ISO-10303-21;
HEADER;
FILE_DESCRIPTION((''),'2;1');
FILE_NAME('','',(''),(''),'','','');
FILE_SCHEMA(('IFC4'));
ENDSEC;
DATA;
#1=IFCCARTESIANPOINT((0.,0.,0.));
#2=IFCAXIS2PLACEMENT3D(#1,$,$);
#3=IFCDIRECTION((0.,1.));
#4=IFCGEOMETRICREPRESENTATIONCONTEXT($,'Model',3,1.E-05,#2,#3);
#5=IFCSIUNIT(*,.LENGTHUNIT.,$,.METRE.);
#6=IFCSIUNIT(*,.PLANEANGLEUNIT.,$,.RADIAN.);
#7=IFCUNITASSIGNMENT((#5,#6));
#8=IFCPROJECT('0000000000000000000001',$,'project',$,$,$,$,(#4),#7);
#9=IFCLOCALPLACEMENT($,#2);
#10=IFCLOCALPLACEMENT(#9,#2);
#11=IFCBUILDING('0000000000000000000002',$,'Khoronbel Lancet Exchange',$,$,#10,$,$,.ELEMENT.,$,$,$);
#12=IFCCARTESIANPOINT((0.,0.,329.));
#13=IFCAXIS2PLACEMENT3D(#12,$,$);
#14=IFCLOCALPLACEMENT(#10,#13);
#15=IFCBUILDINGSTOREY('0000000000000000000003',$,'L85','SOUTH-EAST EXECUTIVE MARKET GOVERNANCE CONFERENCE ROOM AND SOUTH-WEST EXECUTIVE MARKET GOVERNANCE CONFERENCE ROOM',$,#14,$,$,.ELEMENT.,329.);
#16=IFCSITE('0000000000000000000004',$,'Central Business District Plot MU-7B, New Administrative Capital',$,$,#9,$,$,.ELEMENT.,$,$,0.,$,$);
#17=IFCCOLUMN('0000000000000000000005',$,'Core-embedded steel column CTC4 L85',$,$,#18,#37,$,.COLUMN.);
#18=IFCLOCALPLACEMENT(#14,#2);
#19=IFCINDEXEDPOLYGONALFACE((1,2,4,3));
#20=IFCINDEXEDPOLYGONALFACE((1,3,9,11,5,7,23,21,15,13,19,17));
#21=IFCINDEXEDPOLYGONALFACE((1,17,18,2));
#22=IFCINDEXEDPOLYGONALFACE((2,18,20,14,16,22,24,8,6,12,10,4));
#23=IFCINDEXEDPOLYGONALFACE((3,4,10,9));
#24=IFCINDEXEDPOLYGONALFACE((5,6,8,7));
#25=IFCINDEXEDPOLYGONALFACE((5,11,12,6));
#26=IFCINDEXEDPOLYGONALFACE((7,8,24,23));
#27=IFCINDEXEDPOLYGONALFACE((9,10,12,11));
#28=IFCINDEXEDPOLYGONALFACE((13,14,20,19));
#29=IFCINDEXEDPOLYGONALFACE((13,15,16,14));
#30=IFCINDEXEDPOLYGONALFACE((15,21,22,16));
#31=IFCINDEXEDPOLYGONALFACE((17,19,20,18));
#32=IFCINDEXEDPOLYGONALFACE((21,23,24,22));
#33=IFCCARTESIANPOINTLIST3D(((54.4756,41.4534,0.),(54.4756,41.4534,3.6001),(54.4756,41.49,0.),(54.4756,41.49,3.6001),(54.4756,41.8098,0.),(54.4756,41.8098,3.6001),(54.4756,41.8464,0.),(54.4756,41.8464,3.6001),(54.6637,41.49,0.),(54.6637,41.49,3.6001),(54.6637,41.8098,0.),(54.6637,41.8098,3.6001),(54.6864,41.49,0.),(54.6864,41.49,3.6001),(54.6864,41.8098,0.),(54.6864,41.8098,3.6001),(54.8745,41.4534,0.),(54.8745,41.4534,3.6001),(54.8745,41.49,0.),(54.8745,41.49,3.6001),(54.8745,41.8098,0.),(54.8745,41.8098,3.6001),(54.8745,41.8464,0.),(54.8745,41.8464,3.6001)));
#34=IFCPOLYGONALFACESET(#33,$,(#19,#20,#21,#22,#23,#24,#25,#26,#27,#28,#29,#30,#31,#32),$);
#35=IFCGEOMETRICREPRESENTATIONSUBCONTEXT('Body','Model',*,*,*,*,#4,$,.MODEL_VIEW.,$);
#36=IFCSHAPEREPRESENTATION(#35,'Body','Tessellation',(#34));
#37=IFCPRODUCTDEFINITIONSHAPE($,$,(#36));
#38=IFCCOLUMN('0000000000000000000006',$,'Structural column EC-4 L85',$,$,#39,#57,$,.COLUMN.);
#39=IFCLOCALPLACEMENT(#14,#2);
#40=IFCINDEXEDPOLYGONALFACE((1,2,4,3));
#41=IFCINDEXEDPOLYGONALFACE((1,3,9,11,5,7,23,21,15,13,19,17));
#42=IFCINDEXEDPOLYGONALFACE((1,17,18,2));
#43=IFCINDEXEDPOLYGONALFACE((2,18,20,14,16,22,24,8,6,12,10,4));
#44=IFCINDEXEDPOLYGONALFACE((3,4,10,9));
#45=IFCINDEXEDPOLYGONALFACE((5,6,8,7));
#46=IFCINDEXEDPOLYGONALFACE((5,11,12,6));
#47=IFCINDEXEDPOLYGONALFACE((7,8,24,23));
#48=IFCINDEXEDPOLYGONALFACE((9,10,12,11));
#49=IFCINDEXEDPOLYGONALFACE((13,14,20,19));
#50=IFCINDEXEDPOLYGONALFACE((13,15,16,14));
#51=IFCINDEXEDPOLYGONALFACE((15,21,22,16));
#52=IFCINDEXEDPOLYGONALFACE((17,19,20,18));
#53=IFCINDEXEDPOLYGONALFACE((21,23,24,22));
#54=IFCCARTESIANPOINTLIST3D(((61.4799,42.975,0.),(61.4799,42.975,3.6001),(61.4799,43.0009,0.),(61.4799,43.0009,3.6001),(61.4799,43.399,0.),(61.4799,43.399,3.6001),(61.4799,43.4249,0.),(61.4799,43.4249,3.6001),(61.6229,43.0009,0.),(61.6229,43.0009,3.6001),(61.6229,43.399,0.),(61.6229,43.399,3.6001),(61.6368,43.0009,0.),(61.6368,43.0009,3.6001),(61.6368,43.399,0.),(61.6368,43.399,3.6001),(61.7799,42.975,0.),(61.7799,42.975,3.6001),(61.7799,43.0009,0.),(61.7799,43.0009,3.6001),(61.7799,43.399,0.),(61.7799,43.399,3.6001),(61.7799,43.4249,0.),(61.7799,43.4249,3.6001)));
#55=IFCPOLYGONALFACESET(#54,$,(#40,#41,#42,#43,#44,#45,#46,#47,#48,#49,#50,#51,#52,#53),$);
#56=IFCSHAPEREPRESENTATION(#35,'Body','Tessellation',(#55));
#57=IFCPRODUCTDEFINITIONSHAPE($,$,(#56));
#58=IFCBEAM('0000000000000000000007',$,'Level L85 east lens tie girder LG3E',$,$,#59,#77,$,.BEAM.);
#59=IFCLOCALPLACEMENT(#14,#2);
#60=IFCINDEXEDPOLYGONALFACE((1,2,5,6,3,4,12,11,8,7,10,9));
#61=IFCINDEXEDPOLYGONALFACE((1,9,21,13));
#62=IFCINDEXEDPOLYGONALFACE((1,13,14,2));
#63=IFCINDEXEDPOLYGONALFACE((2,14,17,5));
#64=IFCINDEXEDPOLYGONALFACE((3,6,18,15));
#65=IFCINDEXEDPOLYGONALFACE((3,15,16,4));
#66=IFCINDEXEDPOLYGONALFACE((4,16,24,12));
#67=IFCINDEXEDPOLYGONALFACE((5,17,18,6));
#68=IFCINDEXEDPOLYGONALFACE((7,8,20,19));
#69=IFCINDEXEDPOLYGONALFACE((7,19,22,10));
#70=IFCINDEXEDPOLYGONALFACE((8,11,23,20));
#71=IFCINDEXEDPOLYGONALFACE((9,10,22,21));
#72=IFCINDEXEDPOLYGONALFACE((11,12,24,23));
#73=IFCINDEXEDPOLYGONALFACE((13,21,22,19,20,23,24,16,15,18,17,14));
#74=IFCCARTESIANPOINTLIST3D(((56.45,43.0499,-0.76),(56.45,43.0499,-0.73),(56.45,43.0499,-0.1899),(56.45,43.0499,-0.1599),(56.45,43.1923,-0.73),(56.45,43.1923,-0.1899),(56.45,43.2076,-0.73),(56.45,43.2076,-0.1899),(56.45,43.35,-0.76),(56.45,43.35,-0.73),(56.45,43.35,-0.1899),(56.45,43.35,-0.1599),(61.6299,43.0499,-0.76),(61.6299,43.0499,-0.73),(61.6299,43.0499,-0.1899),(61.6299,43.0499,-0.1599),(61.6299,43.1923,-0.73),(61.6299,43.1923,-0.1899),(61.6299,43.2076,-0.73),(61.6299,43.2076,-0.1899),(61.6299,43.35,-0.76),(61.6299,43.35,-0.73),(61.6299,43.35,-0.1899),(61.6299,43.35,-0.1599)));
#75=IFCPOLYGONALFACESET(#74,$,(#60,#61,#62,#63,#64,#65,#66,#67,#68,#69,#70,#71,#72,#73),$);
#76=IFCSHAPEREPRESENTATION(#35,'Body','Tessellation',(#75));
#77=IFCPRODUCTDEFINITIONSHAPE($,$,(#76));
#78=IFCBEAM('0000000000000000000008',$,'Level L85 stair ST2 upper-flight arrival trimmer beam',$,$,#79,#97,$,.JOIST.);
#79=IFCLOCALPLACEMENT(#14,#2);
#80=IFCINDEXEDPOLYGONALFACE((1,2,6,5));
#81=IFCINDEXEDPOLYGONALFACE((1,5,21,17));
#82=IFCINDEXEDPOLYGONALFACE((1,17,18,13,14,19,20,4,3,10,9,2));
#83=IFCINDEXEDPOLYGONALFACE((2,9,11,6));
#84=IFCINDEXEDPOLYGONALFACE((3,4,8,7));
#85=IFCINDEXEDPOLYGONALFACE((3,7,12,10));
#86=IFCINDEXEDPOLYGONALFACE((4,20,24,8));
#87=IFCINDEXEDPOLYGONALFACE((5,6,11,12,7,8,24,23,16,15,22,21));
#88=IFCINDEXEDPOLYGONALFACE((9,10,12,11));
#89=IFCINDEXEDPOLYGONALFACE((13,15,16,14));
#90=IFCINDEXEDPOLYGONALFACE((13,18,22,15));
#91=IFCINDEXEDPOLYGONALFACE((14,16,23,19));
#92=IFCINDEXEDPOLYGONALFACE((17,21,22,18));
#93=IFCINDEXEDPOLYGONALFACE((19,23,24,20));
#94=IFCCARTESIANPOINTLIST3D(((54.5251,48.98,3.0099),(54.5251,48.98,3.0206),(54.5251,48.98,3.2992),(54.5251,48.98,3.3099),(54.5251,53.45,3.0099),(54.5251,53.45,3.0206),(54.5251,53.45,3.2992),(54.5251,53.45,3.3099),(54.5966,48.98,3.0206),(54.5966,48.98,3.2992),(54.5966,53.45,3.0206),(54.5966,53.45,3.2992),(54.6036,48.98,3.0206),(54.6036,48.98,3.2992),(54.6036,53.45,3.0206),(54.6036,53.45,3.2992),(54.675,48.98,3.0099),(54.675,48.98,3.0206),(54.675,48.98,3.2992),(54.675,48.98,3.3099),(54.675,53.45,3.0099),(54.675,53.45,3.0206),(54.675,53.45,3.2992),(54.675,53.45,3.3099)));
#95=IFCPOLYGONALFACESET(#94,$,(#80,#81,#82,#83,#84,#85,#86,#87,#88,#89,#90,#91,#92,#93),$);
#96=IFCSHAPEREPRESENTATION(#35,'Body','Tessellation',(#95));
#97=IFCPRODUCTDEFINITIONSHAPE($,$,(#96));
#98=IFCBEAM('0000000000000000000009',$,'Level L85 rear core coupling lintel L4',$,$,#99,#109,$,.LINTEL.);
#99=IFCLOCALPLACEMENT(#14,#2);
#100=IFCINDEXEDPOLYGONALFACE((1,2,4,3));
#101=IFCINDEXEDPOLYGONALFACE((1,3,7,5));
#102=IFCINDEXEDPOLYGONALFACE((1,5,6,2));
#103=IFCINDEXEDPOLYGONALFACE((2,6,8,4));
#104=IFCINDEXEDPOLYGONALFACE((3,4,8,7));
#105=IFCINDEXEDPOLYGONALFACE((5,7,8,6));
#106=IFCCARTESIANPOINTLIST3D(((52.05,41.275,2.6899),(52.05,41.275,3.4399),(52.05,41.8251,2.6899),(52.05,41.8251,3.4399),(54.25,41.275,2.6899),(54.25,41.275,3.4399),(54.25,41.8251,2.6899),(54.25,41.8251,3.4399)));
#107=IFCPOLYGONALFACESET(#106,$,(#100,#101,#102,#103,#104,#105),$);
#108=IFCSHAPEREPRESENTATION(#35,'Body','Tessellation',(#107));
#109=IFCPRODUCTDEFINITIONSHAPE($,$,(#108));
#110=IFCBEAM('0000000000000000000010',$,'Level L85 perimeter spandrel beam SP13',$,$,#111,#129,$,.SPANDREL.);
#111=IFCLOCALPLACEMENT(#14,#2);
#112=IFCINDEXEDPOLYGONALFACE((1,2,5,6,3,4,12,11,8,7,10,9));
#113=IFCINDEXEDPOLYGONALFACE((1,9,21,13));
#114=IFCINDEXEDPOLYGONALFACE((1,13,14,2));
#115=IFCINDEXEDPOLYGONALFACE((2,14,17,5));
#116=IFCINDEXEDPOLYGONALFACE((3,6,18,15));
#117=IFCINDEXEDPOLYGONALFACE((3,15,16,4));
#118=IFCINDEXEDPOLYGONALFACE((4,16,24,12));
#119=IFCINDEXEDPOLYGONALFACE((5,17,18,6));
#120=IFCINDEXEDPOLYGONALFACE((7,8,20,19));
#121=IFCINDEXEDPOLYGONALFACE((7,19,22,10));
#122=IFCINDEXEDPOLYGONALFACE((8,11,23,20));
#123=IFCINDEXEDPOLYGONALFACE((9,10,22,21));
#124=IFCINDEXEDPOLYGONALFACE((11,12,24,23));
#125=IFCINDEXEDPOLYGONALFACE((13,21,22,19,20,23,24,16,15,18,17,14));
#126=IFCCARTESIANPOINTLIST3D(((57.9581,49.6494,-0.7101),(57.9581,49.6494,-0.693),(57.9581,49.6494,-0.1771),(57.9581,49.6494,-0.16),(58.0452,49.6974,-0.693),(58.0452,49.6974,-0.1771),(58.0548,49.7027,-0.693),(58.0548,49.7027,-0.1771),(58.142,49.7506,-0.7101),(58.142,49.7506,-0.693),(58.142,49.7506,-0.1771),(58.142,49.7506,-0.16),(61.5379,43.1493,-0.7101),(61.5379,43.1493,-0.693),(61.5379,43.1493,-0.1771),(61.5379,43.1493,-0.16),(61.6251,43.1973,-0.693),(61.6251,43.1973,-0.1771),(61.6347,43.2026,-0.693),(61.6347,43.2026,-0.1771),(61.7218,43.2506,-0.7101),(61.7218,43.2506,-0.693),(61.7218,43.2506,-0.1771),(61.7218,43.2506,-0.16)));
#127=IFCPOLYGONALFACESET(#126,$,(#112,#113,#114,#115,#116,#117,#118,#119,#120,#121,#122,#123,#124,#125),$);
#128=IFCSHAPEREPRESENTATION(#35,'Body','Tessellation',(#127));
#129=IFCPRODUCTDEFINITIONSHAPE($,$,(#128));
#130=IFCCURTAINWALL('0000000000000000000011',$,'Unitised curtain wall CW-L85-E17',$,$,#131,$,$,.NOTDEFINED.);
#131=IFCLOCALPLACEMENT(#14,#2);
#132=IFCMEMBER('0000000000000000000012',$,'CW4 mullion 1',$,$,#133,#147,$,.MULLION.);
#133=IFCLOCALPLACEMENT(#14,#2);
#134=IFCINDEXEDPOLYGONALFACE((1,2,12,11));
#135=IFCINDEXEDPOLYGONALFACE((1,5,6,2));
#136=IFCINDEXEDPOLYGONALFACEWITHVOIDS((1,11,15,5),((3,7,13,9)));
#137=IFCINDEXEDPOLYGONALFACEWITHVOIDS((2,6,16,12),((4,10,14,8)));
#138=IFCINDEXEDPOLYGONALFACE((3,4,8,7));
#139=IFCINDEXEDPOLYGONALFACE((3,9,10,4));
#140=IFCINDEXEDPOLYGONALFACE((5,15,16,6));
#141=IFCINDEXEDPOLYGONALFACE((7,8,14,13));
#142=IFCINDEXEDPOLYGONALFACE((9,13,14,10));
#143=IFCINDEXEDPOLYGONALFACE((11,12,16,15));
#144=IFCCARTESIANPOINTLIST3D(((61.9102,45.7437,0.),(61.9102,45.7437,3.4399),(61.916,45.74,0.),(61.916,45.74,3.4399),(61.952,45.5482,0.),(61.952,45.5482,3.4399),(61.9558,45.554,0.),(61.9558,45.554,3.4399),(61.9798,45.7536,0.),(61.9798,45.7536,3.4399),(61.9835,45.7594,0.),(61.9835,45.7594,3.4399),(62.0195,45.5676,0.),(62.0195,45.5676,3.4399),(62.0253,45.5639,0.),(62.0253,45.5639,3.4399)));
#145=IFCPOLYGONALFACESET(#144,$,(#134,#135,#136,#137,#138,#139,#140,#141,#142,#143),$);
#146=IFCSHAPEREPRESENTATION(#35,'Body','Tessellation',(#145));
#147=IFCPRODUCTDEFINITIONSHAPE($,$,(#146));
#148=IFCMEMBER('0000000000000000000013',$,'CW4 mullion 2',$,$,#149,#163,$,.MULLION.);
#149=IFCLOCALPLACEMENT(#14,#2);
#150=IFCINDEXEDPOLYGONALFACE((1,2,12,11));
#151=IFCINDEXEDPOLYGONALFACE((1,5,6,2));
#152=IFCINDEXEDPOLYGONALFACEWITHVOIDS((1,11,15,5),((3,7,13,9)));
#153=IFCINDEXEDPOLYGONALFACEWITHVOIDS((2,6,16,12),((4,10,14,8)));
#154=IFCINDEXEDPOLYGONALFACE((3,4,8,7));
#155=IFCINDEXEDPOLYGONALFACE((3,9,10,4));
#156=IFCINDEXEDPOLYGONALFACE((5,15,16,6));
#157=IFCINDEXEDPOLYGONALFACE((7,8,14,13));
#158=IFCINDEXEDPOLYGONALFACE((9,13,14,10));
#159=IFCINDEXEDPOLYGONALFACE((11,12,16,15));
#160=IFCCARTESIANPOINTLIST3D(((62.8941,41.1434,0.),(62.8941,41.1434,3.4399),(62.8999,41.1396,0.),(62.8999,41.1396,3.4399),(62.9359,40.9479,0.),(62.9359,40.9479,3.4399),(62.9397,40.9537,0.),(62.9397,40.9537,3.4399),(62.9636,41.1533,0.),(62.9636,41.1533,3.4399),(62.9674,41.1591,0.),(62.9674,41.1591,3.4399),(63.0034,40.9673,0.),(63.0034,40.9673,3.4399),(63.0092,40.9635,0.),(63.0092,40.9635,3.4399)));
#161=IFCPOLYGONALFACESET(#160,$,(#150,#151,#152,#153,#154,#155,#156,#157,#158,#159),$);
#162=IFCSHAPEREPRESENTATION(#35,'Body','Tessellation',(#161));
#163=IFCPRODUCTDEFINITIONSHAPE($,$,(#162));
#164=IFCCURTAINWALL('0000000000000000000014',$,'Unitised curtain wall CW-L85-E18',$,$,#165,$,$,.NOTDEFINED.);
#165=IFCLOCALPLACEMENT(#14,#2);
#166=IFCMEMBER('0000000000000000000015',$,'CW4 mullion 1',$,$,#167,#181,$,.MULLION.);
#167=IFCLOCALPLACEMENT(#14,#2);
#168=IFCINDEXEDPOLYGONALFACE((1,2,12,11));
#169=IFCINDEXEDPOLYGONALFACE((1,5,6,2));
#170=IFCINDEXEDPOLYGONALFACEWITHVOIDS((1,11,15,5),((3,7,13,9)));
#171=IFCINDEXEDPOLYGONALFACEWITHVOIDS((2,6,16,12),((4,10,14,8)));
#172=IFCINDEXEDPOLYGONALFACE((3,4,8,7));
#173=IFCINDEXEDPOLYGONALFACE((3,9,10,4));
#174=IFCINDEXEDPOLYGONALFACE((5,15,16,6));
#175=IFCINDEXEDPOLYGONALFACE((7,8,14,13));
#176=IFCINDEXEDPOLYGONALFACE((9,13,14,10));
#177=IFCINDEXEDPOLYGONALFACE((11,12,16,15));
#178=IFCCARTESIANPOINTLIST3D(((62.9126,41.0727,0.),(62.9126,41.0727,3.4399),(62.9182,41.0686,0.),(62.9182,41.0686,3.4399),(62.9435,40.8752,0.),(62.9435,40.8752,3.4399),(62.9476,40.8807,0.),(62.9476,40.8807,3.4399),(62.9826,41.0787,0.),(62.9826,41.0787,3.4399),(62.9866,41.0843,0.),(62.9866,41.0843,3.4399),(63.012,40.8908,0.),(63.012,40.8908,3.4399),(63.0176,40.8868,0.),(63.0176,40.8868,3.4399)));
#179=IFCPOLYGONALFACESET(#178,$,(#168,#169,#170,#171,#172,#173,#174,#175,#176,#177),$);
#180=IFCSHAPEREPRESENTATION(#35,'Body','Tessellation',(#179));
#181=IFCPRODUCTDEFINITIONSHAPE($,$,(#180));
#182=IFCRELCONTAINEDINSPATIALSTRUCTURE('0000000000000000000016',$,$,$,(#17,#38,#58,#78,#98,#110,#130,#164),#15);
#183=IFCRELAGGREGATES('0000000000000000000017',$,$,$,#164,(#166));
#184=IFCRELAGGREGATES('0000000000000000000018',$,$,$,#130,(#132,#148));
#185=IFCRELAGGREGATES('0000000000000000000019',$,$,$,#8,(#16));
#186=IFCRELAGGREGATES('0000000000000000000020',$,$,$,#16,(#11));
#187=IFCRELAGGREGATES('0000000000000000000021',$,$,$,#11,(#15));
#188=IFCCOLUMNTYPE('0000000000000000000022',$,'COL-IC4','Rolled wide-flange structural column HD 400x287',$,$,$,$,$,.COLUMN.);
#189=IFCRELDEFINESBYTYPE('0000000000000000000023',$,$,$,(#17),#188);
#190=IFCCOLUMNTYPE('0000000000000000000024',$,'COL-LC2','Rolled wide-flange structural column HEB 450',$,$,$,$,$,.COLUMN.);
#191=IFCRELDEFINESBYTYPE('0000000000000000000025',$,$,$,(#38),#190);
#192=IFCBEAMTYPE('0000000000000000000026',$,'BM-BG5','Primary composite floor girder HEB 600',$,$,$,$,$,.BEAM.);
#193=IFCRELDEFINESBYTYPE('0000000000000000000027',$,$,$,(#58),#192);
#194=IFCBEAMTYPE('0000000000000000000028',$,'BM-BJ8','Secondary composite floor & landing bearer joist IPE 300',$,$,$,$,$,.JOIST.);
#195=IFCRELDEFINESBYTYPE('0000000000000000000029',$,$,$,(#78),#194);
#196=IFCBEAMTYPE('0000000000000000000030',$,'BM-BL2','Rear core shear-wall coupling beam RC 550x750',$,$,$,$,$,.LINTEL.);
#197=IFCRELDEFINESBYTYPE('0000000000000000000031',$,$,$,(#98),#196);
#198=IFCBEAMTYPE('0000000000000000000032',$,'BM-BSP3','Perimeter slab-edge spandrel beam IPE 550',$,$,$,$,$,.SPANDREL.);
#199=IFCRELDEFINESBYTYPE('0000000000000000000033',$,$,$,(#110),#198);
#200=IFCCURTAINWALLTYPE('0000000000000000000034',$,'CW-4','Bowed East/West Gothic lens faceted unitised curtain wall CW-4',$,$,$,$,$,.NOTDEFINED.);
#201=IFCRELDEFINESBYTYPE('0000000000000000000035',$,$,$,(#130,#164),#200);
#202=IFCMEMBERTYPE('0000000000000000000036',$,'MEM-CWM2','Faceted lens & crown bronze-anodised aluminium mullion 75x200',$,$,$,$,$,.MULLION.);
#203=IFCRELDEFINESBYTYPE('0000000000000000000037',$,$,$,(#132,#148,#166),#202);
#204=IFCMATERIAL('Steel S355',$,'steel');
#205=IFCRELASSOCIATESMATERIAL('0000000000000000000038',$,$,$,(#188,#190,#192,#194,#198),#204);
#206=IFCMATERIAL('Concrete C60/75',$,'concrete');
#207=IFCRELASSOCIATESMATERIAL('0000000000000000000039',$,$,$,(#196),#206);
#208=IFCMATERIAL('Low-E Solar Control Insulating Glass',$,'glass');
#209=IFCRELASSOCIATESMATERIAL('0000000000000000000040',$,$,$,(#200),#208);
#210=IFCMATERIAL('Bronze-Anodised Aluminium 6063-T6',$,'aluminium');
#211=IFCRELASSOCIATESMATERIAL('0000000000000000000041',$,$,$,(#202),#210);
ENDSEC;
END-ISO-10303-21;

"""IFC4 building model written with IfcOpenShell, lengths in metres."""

from ifc_helpers import new_model, si_unit, direction, frame, origin, origin_2d, place, context, subcontext, project, spatial, rectangle, hollow_rectangle, i_section, extrude, material, material_profile, profile_set, type_object, element, aggregate, save


model = new_model("IFC4")

# Units and contexts
model_context = context("Model", 3, precision=1e-05, world=origin(), true_north=direction((0.0, 1.0)))
body_context = subcontext(model_context, "Body", "Model", "MODEL_VIEW")
ifc_project = project(units=[si_unit("LENGTHUNIT", "METRE"), si_unit("PLANEANGLEUNIT", "RADIAN")], contexts=[model_context])

# Site, building, storey
site_placement = place(None, origin())
site = spatial("IfcSite", under=ifc_project, at=site_placement, Name="Central Business District Plot MU-7B, New Administrative Capital", CompositionType="ELEMENT", RefElevation=0.0)
building_placement = place(site_placement, origin())
building = spatial("IfcBuilding", under=site, at=building_placement, Name="Khoronbel Lancet Exchange", CompositionType="ELEMENT")
storey_placement = place(building_placement, frame((0.0, 0.0, 329.0)))
storey = spatial("IfcBuildingStorey", under=building, at=storey_placement, Name="L85", Description="SOUTH-EAST EXECUTIVE MARKET GOVERNANCE CONFERENCE ROOM AND SOUTH-WEST EXECUTIVE MARKET GOVERNANCE CONFERENCE ROOM", CompositionType="ELEMENT", Elevation=329.0)

# Columns
ifc_material_1 = material(Name="Steel S355", Category="steel")
ifc_material_profile_1 = material_profile(ifc_material_1, i_section(OverallWidth=0.3989, OverallDepth=0.3931, WebThickness=0.0227, FlangeThickness=0.0366, at=origin_2d()), Name="HD 400x287")
ifc_profile_set_1 = profile_set([ifc_material_profile_1], Name="Steel S355")
column_type_1 = type_object("IfcColumnType", Name="COL-IC4", Description="Rolled wide-flange structural column HD 400x287", PredefinedType="COLUMN", material=ifc_profile_set_1)
column_1_placement = place(storey_placement, frame((54.675, 41.6499, 0.0), z_axis=(0.0, 0.0, 1.0), x_axis=(1.0, 0.0, 0.0)))
element("IfcColumn", 1, at=column_1_placement, inside=storey, type_object=column_type_1, Name="Core-embedded steel column CTC4 L85", PredefinedType="COLUMN", context=body_context, shape_type="SweptSolid", body=[
    extrude(i_section(OverallWidth=0.3989, OverallDepth=0.3931, WebThickness=0.0227, FlangeThickness=0.0366, at=origin_2d()), origin(), (0.0, 0.0, 1.0), 3.6001),
])
ifc_material_profile_2 = material_profile(ifc_material_1, i_section(OverallWidth=0.3, OverallDepth=0.45, WebThickness=0.0139, FlangeThickness=0.0259, at=origin_2d()), Name="HEB 450")
ifc_profile_set_2 = profile_set([ifc_material_profile_2], Name="Steel S355")
column_type_2 = type_object("IfcColumnType", Name="COL-LC2", Description="Rolled wide-flange structural column HEB 450", PredefinedType="COLUMN", material=ifc_profile_set_2)
column_2_placement = place(storey_placement, frame((61.6299, 43.2, 0.0), z_axis=(0.0, 0.0, 1.0), x_axis=(1.0, 0.0, 0.0)))
element("IfcColumn", 2, at=column_2_placement, inside=storey, type_object=column_type_2, Name="Structural column EC-4 L85", PredefinedType="COLUMN", context=body_context, shape_type="SweptSolid", body=[
    extrude(i_section(OverallWidth=0.3, OverallDepth=0.45, WebThickness=0.0139, FlangeThickness=0.0259, at=origin_2d()), origin(), (0.0, 0.0, 1.0), 3.6001),
])

# Beams
ifc_material_profile_3 = material_profile(ifc_material_1, i_section(OverallWidth=0.3, OverallDepth=0.6001, WebThickness=0.0154, FlangeThickness=0.03, at=origin_2d()), Name="HEB 600")
ifc_profile_set_3 = profile_set([ifc_material_profile_3], Name="Steel S355")
beam_type_1 = type_object("IfcBeamType", Name="BM-BG5", Description="Primary composite floor girder HEB 600", PredefinedType="BEAM", material=ifc_profile_set_3)
beam_1_placement = place(storey_placement, frame((56.45, 43.2, -0.46), z_axis=(1.0, 0.0, 0.0), x_axis=(0.0, 1.0, 0.0)))
element("IfcBeam", 3, at=beam_1_placement, inside=storey, type_object=beam_type_1, Name="Level L85 east lens tie girder LG3E", PredefinedType="BEAM", context=body_context, shape_type="SweptSolid", body=[
    extrude(i_section(OverallWidth=0.3, OverallDepth=0.6001, WebThickness=0.0154, FlangeThickness=0.03, at=origin_2d()), origin(), (0.0, 0.0, 1.0), 5.1799),
])
ifc_material_profile_4 = material_profile(ifc_material_1, i_section(OverallWidth=0.1499, OverallDepth=0.3, WebThickness=0.0071, FlangeThickness=0.0107, at=origin_2d()), Name="IPE 300")
ifc_profile_set_4 = profile_set([ifc_material_profile_4], Name="Steel S355")
beam_type_2 = type_object("IfcBeamType", Name="BM-BJ8", Description="Secondary composite floor & landing bearer joist IPE 300", PredefinedType="JOIST", material=ifc_profile_set_4)
beam_2_placement = place(storey_placement, frame((54.6001, 48.98, 3.1599), z_axis=(0.0, 1.0, 0.0), x_axis=(-1.0, 0.0, 0.0)))
element("IfcBeam", 4, at=beam_2_placement, inside=storey, type_object=beam_type_2, Name="Level L85 stair ST2 upper-flight arrival trimmer beam", PredefinedType="JOIST", context=body_context, shape_type="SweptSolid", body=[
    extrude(i_section(OverallWidth=0.1499, OverallDepth=0.3, WebThickness=0.0071, FlangeThickness=0.0107, at=origin_2d()), origin(), (0.0, 0.0, 1.0), 4.47),
])
ifc_material_2 = material(Name="Concrete C60/75", Category="concrete")
ifc_material_profile_5 = material_profile(ifc_material_2, rectangle(XDim=0.55, YDim=0.75, at=origin_2d()), Name="RC 550x750")
ifc_profile_set_5 = profile_set([ifc_material_profile_5], Name="Concrete C60/75")
beam_type_3 = type_object("IfcBeamType", Name="BM-BL2", Description="Rear core shear-wall coupling beam RC 550x750", PredefinedType="LINTEL", material=ifc_profile_set_5)
beam_3_placement = place(storey_placement, frame((52.05, 41.55, 3.0649), z_axis=(1.0, 0.0, 0.0), x_axis=(0.0, 1.0, 0.0)))
element("IfcBeam", 5, at=beam_3_placement, inside=storey, type_object=beam_type_3, Name="Level L85 rear core coupling lintel L4", PredefinedType="LINTEL", context=body_context, shape_type="SweptSolid", body=[
    extrude(rectangle(XDim=0.55, YDim=0.75, at=origin_2d()), origin(), (0.0, 0.0, 1.0), 2.2),
])
ifc_material_profile_6 = material_profile(ifc_material_1, i_section(OverallWidth=0.21, OverallDepth=0.55, WebThickness=0.011, FlangeThickness=0.0171, at=origin_2d()), Name="IPE 550")
ifc_profile_set_6 = profile_set([ifc_material_profile_6], Name="Steel S355")
beam_type_4 = type_object("IfcBeamType", Name="BM-BSP3", Description="Perimeter slab-edge spandrel beam IPE 550", PredefinedType="SPANDREL", material=ifc_profile_set_6)
beam_4_placement = place(storey_placement, frame((61.6299, 43.2, -0.4351), z_axis=(-0.482419, 0.875941, 0.0), x_axis=(-0.875941, -0.482419, 0.0)))
element("IfcBeam", 6, at=beam_4_placement, inside=storey, type_object=beam_type_4, Name="Level L85 perimeter spandrel beam SP13", PredefinedType="SPANDREL", context=body_context, shape_type="SweptSolid", body=[
    extrude(i_section(OverallWidth=0.21, OverallDepth=0.55, WebThickness=0.011, FlangeThickness=0.0171, at=origin_2d()), origin(), (0.0, 0.0, 1.0), 7.4207),
])

# Curtain wall, members
ifc_material_3 = material(Name="Low-E Solar Control Insulating Glass", Category="glass")
curtain_wall_type = type_object("IfcCurtainWallType", Name="CW-4", Description="Bowed East/West Gothic lens faceted unitised curtain wall CW-4", PredefinedType="NOTDEFINED", material=ifc_material_3)
curtain_wall_1_placement = place(storey_placement, origin())
curtain_wall_1 = element("IfcCurtainWall", 7, at=curtain_wall_1_placement, inside=storey, type_object=curtain_wall_type, Name="Unitised curtain wall CW-L85-E17", PredefinedType="NOTDEFINED")
ifc_material_4 = material(Name="Bronze-Anodised Aluminium 6063-T6", Category="aluminium")
ifc_material_profile_7 = material_profile(ifc_material_4, hollow_rectangle(XDim=0.075, YDim=0.2, WallThickness=0.0049, at=origin_2d()), Name="ALU MULLION 75x200")
ifc_profile_set_7 = profile_set([ifc_material_profile_7], Name="Bronze-Anodised Aluminium 6063-T6")
member_type_1 = type_object("IfcMemberType", Name="MEM-CWM2", Description="Faceted lens & crown bronze-anodised aluminium mullion 75x200", PredefinedType="MULLION", material=ifc_profile_set_7)
member_1_placement = place(storey_placement, frame((61.9678, 45.6538, 0.0), z_axis=(0.0, 0.0, 1.0), x_axis=(0.977892, 0.209112, 0.0)))
member_1 = element("IfcMember", 8, at=member_1_placement, type_object=member_type_1, Name="CW4 mullion 1", PredefinedType="MULLION", context=body_context, shape_type="SweptSolid", body=[
    extrude(hollow_rectangle(XDim=0.075, YDim=0.2, WallThickness=0.0049, at=origin_2d()), origin(), (0.0, 0.0, 1.0), 3.4399),
])
member_2_placement = place(storey_placement, frame((62.9517, 41.0535, 0.0), z_axis=(0.0, 0.0, 1.0), x_axis=(0.977892, 0.209112, 0.0)))
member_2 = element("IfcMember", 9, at=member_2_placement, type_object=member_type_1, Name="CW4 mullion 2", PredefinedType="MULLION", context=body_context, shape_type="SweptSolid", body=[
    extrude(hollow_rectangle(XDim=0.075, YDim=0.2, WallThickness=0.0049, at=origin_2d()), origin(), (0.0, 0.0, 1.0), 3.4399),
])

# Curtain wall, member
curtain_wall_2_placement = place(storey_placement, origin())
curtain_wall_2 = element("IfcCurtainWall", 10, at=curtain_wall_2_placement, inside=storey, type_object=curtain_wall_type, Name="Unitised curtain wall CW-L85-E18", PredefinedType="NOTDEFINED")
member_3_placement = place(storey_placement, frame((62.9651, 40.9797, 0.0), z_axis=(0.0, 0.0, 1.0), x_axis=(0.987967, 0.154668, 0.0)))
member_3 = element("IfcMember", 11, at=member_3_placement, type_object=member_type_1, Name="CW4 mullion 1", PredefinedType="MULLION", context=body_context, shape_type="SweptSolid", body=[
    extrude(hollow_rectangle(XDim=0.075, YDim=0.2, WallThickness=0.0049, at=origin_2d()), origin(), (0.0, 0.0, 1.0), 3.4399),
])

aggregate(curtain_wall_2, [member_3])
aggregate(curtain_wall_1, [member_1, member_2])

save(model, "model.ifc")
